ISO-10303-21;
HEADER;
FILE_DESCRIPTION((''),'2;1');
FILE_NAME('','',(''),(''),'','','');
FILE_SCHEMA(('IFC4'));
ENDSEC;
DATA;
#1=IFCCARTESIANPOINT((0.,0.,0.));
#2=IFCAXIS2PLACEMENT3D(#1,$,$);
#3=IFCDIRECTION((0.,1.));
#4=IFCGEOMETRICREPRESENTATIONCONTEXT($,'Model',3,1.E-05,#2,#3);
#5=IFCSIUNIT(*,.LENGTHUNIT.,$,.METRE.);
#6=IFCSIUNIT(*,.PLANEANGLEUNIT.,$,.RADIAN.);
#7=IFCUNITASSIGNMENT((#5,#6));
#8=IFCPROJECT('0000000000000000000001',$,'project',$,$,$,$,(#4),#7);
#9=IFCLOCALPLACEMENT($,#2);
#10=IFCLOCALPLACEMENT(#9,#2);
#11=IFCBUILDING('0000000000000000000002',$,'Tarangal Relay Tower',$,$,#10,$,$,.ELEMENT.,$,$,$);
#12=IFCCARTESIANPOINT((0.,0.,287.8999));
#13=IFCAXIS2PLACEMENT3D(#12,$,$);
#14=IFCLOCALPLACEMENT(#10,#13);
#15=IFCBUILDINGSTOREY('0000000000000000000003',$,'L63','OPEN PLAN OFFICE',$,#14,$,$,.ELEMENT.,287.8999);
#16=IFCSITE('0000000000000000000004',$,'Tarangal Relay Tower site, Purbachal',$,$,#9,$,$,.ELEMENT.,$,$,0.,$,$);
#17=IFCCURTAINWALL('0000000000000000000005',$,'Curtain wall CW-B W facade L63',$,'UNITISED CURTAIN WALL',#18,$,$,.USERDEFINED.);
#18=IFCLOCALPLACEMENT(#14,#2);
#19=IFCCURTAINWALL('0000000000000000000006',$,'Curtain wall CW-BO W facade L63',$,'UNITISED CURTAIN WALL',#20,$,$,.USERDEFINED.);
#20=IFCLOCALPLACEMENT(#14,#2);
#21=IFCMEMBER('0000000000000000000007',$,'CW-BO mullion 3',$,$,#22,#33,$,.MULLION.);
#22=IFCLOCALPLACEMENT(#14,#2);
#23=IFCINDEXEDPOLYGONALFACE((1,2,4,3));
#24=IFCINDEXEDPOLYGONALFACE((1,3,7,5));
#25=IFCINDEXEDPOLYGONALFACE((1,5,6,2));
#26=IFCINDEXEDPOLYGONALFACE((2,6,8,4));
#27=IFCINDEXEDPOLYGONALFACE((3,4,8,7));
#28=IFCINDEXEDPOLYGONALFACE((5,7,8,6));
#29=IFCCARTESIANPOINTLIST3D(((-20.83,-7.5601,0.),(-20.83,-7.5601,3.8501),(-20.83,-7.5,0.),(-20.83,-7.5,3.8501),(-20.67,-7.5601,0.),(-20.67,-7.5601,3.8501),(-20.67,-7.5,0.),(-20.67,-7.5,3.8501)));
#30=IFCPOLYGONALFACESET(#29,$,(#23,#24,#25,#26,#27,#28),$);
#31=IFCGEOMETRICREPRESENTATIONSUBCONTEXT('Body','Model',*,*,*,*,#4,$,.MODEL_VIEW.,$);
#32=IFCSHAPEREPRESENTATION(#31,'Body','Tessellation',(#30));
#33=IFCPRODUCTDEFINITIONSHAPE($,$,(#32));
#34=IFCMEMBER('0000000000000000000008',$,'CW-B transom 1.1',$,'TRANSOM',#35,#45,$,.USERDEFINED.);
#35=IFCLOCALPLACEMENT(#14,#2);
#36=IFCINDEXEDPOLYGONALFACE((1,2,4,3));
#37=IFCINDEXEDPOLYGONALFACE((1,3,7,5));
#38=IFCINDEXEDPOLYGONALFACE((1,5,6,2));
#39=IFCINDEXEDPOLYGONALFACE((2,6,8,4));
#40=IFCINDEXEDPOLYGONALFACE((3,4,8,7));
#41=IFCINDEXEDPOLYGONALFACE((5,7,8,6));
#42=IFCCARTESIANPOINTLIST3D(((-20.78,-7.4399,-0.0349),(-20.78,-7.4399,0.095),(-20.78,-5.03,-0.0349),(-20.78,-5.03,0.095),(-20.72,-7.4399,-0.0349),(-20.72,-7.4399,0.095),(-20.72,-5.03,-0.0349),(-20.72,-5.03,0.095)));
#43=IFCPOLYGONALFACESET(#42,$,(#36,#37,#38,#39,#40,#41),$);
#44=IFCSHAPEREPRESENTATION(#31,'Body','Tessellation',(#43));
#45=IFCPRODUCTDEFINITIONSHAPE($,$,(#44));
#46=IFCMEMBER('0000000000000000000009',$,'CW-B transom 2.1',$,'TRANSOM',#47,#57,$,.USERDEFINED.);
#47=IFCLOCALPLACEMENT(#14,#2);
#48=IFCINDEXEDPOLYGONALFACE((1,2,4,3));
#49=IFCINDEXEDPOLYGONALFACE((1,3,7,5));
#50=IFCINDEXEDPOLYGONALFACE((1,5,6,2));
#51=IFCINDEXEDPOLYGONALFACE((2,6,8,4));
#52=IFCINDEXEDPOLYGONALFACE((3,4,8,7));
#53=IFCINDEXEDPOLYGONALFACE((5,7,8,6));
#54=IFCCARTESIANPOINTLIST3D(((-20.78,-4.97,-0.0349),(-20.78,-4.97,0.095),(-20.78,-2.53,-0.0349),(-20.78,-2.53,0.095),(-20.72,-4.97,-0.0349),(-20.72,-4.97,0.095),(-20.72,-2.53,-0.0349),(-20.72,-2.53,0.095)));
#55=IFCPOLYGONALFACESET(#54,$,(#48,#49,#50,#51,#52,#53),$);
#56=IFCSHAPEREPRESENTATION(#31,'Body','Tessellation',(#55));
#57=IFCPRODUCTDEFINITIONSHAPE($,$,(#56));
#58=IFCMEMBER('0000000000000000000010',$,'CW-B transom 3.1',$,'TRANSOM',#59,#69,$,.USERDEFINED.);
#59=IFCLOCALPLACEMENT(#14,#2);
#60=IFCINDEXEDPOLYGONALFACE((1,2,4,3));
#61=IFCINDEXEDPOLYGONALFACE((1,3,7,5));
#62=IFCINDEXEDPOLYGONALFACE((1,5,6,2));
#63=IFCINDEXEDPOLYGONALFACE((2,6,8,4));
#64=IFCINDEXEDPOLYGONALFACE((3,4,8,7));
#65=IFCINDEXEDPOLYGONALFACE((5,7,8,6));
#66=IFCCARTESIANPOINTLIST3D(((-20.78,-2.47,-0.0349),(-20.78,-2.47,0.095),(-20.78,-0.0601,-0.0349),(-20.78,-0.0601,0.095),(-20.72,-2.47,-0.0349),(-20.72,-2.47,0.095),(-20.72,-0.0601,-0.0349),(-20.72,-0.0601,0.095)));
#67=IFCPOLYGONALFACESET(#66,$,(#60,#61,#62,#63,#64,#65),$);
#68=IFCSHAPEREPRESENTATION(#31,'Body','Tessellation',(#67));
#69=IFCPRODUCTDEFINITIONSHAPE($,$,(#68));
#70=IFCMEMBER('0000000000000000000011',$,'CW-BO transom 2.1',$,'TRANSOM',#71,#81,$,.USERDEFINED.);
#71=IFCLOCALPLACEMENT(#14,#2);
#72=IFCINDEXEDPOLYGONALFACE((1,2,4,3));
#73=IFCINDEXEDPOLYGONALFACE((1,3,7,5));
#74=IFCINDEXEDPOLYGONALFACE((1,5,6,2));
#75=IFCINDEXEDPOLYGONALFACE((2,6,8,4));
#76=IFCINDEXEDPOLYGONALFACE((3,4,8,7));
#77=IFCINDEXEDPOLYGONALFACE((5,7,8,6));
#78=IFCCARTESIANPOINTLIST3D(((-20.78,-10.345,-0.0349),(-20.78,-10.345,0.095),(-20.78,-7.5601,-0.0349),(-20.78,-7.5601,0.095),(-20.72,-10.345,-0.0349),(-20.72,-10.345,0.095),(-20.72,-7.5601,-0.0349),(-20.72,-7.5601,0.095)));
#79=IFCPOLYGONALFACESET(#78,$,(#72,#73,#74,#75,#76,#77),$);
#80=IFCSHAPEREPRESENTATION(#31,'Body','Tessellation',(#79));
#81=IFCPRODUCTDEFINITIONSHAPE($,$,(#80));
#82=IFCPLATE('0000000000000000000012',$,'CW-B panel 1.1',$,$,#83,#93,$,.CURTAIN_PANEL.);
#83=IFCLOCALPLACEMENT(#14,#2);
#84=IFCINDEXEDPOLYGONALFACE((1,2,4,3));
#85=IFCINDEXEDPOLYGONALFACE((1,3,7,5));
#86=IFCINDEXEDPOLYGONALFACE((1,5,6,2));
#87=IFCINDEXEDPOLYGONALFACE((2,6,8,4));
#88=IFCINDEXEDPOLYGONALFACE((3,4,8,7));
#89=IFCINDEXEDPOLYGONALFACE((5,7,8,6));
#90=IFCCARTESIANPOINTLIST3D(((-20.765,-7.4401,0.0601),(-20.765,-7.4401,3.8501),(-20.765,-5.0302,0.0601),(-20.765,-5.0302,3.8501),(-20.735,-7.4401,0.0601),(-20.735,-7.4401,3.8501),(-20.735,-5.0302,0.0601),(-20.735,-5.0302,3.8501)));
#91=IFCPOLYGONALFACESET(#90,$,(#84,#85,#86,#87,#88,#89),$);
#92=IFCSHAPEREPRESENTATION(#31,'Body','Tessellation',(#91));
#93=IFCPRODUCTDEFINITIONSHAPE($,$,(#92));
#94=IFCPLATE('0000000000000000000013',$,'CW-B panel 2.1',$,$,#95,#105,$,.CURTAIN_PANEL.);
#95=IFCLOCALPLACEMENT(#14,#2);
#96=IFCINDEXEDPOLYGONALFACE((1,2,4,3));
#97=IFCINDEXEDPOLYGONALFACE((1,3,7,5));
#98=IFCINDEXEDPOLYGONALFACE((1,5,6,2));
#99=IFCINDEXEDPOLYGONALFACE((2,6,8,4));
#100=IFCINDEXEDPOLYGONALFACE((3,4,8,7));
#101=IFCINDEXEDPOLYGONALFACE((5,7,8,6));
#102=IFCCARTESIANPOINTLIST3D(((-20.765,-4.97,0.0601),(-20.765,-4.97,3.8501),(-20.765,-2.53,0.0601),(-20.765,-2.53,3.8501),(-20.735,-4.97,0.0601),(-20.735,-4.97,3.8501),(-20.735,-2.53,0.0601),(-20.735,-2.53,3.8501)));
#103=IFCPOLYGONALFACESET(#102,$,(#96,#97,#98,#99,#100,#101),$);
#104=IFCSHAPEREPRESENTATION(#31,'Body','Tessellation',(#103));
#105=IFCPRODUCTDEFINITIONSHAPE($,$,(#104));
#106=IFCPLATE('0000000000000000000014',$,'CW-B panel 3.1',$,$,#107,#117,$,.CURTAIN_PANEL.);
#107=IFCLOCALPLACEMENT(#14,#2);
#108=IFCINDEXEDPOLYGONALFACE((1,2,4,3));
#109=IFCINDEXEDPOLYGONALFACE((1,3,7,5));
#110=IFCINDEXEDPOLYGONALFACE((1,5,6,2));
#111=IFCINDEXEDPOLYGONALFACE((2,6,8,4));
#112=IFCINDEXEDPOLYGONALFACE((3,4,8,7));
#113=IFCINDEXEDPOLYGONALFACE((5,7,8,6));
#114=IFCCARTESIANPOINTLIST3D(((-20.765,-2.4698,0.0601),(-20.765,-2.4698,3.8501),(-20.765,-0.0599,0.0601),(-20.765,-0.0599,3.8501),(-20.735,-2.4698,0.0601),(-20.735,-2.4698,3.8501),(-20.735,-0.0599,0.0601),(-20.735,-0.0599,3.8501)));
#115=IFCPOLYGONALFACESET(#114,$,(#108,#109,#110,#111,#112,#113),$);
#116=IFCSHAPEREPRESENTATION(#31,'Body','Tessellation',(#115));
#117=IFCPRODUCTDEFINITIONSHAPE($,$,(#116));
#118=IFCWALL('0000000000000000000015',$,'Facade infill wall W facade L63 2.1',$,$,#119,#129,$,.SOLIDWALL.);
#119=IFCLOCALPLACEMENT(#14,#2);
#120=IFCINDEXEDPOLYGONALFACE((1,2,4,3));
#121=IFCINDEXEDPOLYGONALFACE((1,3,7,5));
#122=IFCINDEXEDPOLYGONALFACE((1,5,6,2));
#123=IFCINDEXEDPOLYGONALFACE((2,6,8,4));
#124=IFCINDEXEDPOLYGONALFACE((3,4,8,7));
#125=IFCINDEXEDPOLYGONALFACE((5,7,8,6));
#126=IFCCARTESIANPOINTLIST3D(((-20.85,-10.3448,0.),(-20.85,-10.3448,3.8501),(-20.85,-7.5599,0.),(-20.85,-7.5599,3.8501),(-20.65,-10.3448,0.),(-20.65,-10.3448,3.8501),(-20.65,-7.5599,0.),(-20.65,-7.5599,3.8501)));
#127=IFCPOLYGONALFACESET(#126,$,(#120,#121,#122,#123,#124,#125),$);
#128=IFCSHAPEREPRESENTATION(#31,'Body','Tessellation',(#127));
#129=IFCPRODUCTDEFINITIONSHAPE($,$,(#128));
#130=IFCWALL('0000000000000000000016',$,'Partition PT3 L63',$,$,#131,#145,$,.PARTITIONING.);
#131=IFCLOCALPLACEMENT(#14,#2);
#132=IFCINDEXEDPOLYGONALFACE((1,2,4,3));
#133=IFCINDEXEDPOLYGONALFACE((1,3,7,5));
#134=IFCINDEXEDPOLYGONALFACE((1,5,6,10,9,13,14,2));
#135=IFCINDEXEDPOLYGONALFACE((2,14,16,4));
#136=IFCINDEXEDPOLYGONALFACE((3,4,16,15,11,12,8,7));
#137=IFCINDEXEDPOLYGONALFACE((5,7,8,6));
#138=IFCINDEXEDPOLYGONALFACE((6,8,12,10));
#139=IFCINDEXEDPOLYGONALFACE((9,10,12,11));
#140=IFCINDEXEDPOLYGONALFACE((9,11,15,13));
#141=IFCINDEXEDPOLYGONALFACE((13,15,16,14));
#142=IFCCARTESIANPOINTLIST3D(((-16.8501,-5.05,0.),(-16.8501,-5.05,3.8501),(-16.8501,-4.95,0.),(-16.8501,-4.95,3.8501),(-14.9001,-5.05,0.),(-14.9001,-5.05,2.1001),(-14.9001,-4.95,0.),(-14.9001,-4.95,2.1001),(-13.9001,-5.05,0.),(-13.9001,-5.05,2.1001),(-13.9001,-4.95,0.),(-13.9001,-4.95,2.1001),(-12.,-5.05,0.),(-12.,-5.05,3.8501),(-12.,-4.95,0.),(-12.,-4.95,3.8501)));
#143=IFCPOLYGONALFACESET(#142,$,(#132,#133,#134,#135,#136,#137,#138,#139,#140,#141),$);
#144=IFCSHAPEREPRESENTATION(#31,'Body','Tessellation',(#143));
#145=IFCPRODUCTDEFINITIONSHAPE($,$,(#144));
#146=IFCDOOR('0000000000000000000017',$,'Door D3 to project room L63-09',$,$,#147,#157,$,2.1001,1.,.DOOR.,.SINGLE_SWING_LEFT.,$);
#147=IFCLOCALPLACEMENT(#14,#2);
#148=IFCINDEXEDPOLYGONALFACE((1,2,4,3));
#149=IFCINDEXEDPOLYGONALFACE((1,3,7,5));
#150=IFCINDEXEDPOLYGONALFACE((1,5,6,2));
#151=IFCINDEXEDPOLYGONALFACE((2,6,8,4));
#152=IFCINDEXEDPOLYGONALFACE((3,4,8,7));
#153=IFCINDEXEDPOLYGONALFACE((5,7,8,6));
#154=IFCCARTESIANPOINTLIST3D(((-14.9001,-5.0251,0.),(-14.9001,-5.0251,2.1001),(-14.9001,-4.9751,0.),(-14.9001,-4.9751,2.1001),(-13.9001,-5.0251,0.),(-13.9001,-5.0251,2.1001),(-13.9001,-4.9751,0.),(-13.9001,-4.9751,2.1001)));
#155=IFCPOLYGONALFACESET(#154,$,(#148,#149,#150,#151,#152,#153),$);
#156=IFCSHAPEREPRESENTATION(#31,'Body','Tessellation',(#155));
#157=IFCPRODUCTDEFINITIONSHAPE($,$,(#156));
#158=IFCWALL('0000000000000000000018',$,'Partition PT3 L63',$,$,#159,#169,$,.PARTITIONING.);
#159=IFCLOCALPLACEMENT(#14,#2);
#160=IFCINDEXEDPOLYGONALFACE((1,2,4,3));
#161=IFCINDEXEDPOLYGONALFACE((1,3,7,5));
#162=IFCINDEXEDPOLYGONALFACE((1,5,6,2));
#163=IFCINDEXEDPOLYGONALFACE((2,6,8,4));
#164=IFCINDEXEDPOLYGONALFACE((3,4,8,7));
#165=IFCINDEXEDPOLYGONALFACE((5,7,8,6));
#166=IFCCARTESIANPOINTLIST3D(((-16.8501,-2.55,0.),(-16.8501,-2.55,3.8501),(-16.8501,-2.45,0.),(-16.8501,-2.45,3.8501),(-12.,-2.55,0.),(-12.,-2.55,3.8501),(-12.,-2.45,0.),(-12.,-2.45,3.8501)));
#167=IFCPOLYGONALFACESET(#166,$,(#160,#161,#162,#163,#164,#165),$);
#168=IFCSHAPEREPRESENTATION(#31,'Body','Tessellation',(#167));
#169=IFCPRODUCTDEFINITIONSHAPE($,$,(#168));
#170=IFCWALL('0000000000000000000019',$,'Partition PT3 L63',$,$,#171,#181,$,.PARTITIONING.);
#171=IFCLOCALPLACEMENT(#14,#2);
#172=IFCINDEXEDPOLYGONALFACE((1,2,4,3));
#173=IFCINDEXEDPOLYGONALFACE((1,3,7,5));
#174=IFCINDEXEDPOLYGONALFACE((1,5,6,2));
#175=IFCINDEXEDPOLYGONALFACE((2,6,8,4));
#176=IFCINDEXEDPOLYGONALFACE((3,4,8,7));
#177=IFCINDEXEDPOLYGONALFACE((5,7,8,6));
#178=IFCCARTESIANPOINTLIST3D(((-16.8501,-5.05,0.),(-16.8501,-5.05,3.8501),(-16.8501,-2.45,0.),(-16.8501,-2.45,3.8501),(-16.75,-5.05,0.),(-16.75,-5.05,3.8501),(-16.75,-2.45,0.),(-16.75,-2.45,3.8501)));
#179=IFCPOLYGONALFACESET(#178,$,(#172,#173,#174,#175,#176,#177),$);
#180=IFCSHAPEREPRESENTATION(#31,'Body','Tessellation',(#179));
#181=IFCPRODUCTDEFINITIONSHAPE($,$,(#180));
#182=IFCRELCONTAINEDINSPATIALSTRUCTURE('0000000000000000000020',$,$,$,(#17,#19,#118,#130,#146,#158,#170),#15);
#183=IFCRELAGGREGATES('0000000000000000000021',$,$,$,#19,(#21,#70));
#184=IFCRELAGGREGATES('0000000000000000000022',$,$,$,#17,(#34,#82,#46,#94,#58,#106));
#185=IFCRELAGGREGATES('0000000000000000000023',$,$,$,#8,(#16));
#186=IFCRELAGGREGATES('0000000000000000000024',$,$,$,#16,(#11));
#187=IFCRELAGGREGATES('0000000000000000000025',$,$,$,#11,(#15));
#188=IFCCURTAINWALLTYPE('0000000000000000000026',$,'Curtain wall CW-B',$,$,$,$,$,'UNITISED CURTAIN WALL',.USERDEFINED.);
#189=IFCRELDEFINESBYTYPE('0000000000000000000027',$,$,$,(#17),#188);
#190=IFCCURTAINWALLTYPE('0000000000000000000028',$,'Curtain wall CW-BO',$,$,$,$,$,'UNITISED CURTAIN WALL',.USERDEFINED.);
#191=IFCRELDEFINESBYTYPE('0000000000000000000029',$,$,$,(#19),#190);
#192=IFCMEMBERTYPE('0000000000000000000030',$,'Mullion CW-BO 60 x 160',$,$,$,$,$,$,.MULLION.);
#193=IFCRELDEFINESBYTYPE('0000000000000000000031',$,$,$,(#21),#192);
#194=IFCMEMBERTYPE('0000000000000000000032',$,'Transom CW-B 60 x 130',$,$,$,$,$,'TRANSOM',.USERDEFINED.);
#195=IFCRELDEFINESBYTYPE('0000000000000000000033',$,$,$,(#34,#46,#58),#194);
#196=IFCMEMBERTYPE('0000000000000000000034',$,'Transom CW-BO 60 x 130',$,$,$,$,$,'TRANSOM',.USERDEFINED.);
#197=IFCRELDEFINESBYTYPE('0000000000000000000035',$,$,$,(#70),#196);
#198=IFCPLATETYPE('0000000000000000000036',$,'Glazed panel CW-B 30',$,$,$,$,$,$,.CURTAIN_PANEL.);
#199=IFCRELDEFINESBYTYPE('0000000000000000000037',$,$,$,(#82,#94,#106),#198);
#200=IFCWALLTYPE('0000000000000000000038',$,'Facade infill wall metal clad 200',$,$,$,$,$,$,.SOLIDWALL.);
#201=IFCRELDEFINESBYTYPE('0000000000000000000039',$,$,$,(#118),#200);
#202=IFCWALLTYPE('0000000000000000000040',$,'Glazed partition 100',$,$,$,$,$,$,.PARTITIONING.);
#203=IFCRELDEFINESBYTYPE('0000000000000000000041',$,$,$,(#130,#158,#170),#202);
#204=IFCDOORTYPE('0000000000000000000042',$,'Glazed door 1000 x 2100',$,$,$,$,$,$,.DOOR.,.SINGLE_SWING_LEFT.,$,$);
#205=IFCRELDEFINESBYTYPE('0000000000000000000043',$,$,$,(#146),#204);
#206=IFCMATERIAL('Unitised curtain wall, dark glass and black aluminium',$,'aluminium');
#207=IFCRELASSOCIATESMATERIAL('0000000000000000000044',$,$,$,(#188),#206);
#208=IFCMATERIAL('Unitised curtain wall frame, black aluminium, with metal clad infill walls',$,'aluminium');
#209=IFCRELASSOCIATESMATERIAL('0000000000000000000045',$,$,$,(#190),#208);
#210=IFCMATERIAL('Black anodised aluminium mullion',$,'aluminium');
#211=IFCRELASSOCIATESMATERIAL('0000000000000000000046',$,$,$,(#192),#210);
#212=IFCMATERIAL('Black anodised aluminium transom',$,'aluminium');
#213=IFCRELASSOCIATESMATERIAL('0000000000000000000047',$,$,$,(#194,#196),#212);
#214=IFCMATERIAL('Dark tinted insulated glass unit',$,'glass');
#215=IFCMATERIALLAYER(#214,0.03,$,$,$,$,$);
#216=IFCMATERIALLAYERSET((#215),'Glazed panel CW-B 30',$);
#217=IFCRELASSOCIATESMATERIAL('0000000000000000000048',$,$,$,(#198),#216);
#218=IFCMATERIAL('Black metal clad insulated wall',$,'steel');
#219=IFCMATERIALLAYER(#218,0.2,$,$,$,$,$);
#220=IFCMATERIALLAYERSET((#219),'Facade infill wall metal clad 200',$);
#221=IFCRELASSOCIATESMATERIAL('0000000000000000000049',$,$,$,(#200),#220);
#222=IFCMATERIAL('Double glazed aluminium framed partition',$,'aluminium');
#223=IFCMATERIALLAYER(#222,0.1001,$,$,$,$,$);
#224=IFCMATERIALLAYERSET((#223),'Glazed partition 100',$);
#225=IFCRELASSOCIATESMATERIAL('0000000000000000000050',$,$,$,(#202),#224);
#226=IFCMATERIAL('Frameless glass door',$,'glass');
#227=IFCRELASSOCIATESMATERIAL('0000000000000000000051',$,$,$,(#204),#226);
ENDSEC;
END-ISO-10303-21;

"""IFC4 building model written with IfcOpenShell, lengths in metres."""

from ifc_helpers import new_model, si_unit, direction, frame, frame_2d, origin, origin_2d, place, context, subcontext, project, spatial, rectangle, extrude, material, layer, layer_set, material_profile, profile_set, type_object, element, fill, aggregate, save


model = new_model("IFC4")

# Units and contexts
model_context = context("Model", 3, precision=1e-05, world=origin(), true_north=direction((0.0, 1.0)))
body_context = subcontext(model_context, "Body", "Model", "MODEL_VIEW")
ifc_project = project(units=[si_unit("LENGTHUNIT", "METRE"), si_unit("PLANEANGLEUNIT", "RADIAN")], contexts=[model_context])

# Site, building, storey
site_placement = place(None, origin())
site = spatial("IfcSite", under=ifc_project, at=site_placement, Name="Tarangal Relay Tower site, Purbachal", CompositionType="ELEMENT", RefElevation=0.0)
building_placement = place(site_placement, origin())
building = spatial("IfcBuilding", under=site, at=building_placement, Name="Tarangal Relay Tower", CompositionType="ELEMENT")
storey_placement = place(building_placement, frame((0.0, 0.0, 287.8999)))
storey = spatial("IfcBuildingStorey", under=building, at=storey_placement, Name="L63", Description="OPEN PLAN OFFICE", CompositionType="ELEMENT", Elevation=287.8999)

# Curtain wall
ifc_material_1 = material(Name="Unitised curtain wall, dark glass and black aluminium", Category="aluminium")
curtain_wall_type_1 = type_object("IfcCurtainWallType", Name="Curtain wall CW-B", ElementType="UNITISED CURTAIN WALL", PredefinedType="USERDEFINED", material=ifc_material_1)
curtain_wall_1_placement = place(storey_placement, origin())
curtain_wall_1 = element("IfcCurtainWall", 1, at=curtain_wall_1_placement, inside=storey, type_object=curtain_wall_type_1, Name="Curtain wall CW-B W facade L63", ObjectType="UNITISED CURTAIN WALL", PredefinedType="USERDEFINED")
ifc_material_2 = material(Name="Black anodised aluminium mullion", Category="aluminium")

# Curtain wall, member
ifc_material_3 = material(Name="Unitised curtain wall frame, black aluminium, with metal clad infill walls", Category="aluminium")
curtain_wall_type_2 = type_object("IfcCurtainWallType", Name="Curtain wall CW-BO", ElementType="UNITISED CURTAIN WALL", PredefinedType="USERDEFINED", material=ifc_material_3)
curtain_wall_2_placement = place(storey_placement, origin())
curtain_wall_2 = element("IfcCurtainWall", 2, at=curtain_wall_2_placement, inside=storey, type_object=curtain_wall_type_2, Name="Curtain wall CW-BO W facade L63", ObjectType="UNITISED CURTAIN WALL", PredefinedType="USERDEFINED")
ifc_material_profile_1 = material_profile(ifc_material_2, rectangle(XDim=0.1599, YDim=0.0601, at=origin_2d()), Name="CW-BOM 60X160")
ifc_profile_set_1 = profile_set([ifc_material_profile_1], Name="Black anodised aluminium mullion")
member_type_1 = type_object("IfcMemberType", Name="Mullion CW-BO 60 x 160", PredefinedType="MULLION", material=ifc_profile_set_1)
member_1_placement = place(storey_placement, frame((-20.75, -7.53, 0.0), z_axis=(0.0, 0.0, 1.0), x_axis=(-1.0, 0.0, 0.0)))
member_1 = element("IfcMember", 3, at=member_1_placement, type_object=member_type_1, Name="CW-BO mullion 3", PredefinedType="MULLION", context=body_context, shape_type="SweptSolid", body=[
    extrude(rectangle(XDim=0.1599, YDim=0.0601, at=origin_2d()), origin(), (0.0, 0.0, 1.0), 3.8501),
])

# Members
ifc_material_4 = material(Name="Black anodised aluminium transom", Category="aluminium")
ifc_material_profile_2 = material_profile(ifc_material_4, rectangle(XDim=0.0601, YDim=0.1299, at=origin_2d()), Name="CW-BT 60X130")
ifc_profile_set_2 = profile_set([ifc_material_profile_2], Name="Black anodised aluminium transom")
member_type_2 = type_object("IfcMemberType", Name="Transom CW-B 60 x 130", ElementType="TRANSOM", PredefinedType="USERDEFINED", material=ifc_profile_set_2)
member_2_placement = place(storey_placement, frame((-20.75, -7.4399, 0.03), z_axis=(0.0, 1.0, 0.0), x_axis=(-1.0, 0.0, 0.0)))
member_2 = element("IfcMember", 4, at=member_2_placement, type_object=member_type_2, Name="CW-B transom 1.1", ObjectType="TRANSOM", PredefinedType="USERDEFINED", context=body_context, shape_type="SweptSolid", body=[
    extrude(rectangle(XDim=0.0601, YDim=0.1299, at=origin_2d()), origin(), (0.0, 0.0, 1.0), 2.4099),
])
member_3_placement = place(storey_placement, frame((-20.75, -4.97, 0.03), z_axis=(0.0, 1.0, 0.0), x_axis=(-1.0, 0.0, 0.0)))
member_3 = element("IfcMember", 5, at=member_3_placement, type_object=member_type_2, Name="CW-B transom 2.1", ObjectType="TRANSOM", PredefinedType="USERDEFINED", context=body_context, shape_type="SweptSolid", body=[
    extrude(rectangle(XDim=0.0601, YDim=0.1299, at=origin_2d()), origin(), (0.0, 0.0, 1.0), 2.4399),
])
member_4_placement = place(storey_placement, frame((-20.75, -2.47, 0.03), z_axis=(0.0, 1.0, 0.0), x_axis=(-1.0, 0.0, 0.0)))
member_4 = element("IfcMember", 6, at=member_4_placement, type_object=member_type_2, Name="CW-B transom 3.1", ObjectType="TRANSOM", PredefinedType="USERDEFINED", context=body_context, shape_type="SweptSolid", body=[
    extrude(rectangle(XDim=0.0601, YDim=0.1299, at=origin_2d()), origin(), (0.0, 0.0, 1.0), 2.4099),
])
ifc_material_profile_3 = material_profile(ifc_material_4, rectangle(XDim=0.0601, YDim=0.1299, at=origin_2d()), Name="CW-BOT 60X130")
ifc_profile_set_3 = profile_set([ifc_material_profile_3], Name="Black anodised aluminium transom")
member_type_3 = type_object("IfcMemberType", Name="Transom CW-BO 60 x 130", ElementType="TRANSOM", PredefinedType="USERDEFINED", material=ifc_profile_set_3)
member_5_placement = place(storey_placement, frame((-20.75, -10.345, 0.03), z_axis=(0.0, 1.0, 0.0), x_axis=(-1.0, 0.0, 0.0)))
member_5 = element("IfcMember", 7, at=member_5_placement, type_object=member_type_3, Name="CW-BO transom 2.1", ObjectType="TRANSOM", PredefinedType="USERDEFINED", context=body_context, shape_type="SweptSolid", body=[
    extrude(rectangle(XDim=0.0601, YDim=0.1299, at=origin_2d()), origin(), (0.0, 0.0, 1.0), 2.7849),
])
aggregate(curtain_wall_2, [member_1, member_5])

# Plates
ifc_material_5 = material(Name="Dark tinted insulated glass unit", Category="glass")
ifc_layer_1 = layer(ifc_material_5, 0.03)
ifc_layer_set_1 = layer_set([ifc_layer_1], Name="Glazed panel CW-B 30")
plate_type = type_object("IfcPlateType", Name="Glazed panel CW-B 30", PredefinedType="CURTAIN_PANEL", material=ifc_layer_set_1)
plate_1_placement = place(storey_placement, frame((-20.75, -6.2351, 0.0601), z_axis=(0.0, 0.0, 1.0), x_axis=(0.0, 1.0, 0.0)))
plate_1 = element("IfcPlate", 8, at=plate_1_placement, type_object=plate_type, Name="CW-B panel 1.1", PredefinedType="CURTAIN_PANEL", context=body_context, shape_type="SweptSolid", body=[
    extrude(rectangle(XDim=2.4099, YDim=0.03, at=origin_2d()), origin(), (0.0, 0.0, 1.0), 3.79),
])
plate_2_placement = place(storey_placement, frame((-20.75, -3.75, 0.0601), z_axis=(0.0, 0.0, 1.0), x_axis=(0.0, 1.0, 0.0)))
plate_2 = element("IfcPlate", 9, at=plate_2_placement, type_object=plate_type, Name="CW-B panel 2.1", PredefinedType="CURTAIN_PANEL", context=body_context, shape_type="SweptSolid", body=[
    extrude(rectangle(XDim=2.4399, YDim=0.03, at=origin_2d()), origin(), (0.0, 0.0, 1.0), 3.79),
])
plate_3_placement = place(storey_placement, frame((-20.75, -1.2649, 0.0601), z_axis=(0.0, 0.0, 1.0), x_axis=(0.0, 1.0, 0.0)))
plate_3 = element("IfcPlate", 10, at=plate_3_placement, type_object=plate_type, Name="CW-B panel 3.1", PredefinedType="CURTAIN_PANEL", context=body_context, shape_type="SweptSolid", body=[
    extrude(rectangle(XDim=2.4099, YDim=0.03, at=origin_2d()), origin(), (0.0, 0.0, 1.0), 3.79),
])
aggregate(curtain_wall_1, [member_2, plate_1, member_3, plate_2, member_4, plate_3])

# Wall
ifc_material_6 = material(Name="Black metal clad insulated wall", Category="steel")
ifc_layer_2 = layer(ifc_material_6, 0.2)
ifc_layer_set_2 = layer_set([ifc_layer_2], Name="Facade infill wall metal clad 200")
wall_type_1 = type_object("IfcWallType", Name="Facade infill wall metal clad 200", PredefinedType="SOLIDWALL", material=ifc_layer_set_2)
wall_1_placement = place(storey_placement, frame((-20.75, -10.345, 0.0), z_axis=(0.0, 0.0, 1.0), x_axis=(0.0, 1.0, 0.0)))
element("IfcWall", 11, at=wall_1_placement, inside=storey, type_object=wall_type_1, Name="Facade infill wall W facade L63 2.1", PredefinedType="SOLIDWALL", context=body_context, shape_type="SweptSolid", body=[
    extrude(rectangle(XDim=2.7849, YDim=0.2, at=frame_2d((1.3926, 0.0))), origin(), (0.0, 0.0, 1.0), 3.8501),
])

# Wall, opening, door
ifc_material_7 = material(Name="Double glazed aluminium framed partition", Category="aluminium")
ifc_layer_3 = layer(ifc_material_7, 0.1001)
ifc_layer_set_3 = layer_set([ifc_layer_3], Name="Glazed partition 100")
wall_type_2 = type_object("IfcWallType", Name="Glazed partition 100", PredefinedType="PARTITIONING", material=ifc_layer_set_3)
wall_2_placement = place(storey_placement, frame((-16.8501, -5.0, 0.0), z_axis=(0.0, 0.0, 1.0), x_axis=(1.0, 0.0, 0.0)))
wall_2 = element("IfcWall", 12, at=wall_2_placement, inside=storey, type_object=wall_type_2, Name="Partition PT3 L63", PredefinedType="PARTITIONING", context=body_context, shape_type="SweptSolid", body=[
    extrude(rectangle(XDim=4.8501, YDim=0.1001, at=frame_2d((2.425, 0.0))), origin(), (0.0, 0.0, 1.0), 3.8501),
])
opening_placement = place(wall_2_placement, frame((1.95, 0.0, 0.0)))
opening = element("IfcOpeningElement", 13, at=opening_placement, cuts=wall_2, PredefinedType="OPENING", context=body_context, shape_type="SweptSolid", body=[
    extrude(rectangle(XDim=1.0, YDim=2.1001, at=frame_2d((0.5, 1.05))), frame((0.0, 0.0601, 0.0), z_axis=(0.0, -1.0, 0.0), x_axis=(1.0, 0.0, 0.0)), (0.0, 0.0, 1.0), 0.1201),
])
ifc_material_8 = material(Name="Frameless glass door", Category="glass")
door_type = type_object("IfcDoorType", Name="Glazed door 1000 x 2100", OperationType="SINGLE_SWING_LEFT", PredefinedType="DOOR", material=ifc_material_8)
door_placement = place(opening_placement, origin())
door = element("IfcDoor", 14, at=door_placement, inside=storey, type_object=door_type, Name="Door D3 to project room L63-09", OperationType="SINGLE_SWING_LEFT", OverallHeight=2.1001, OverallWidth=1.0, PredefinedType="DOOR", context=body_context, shape_type="SweptSolid", body=[
    extrude(rectangle(XDim=1.0, YDim=2.1001, at=frame_2d((0.5, 1.05))), frame((0.0, 0.0249, 0.0), z_axis=(0.0, -1.0, 0.0), x_axis=(1.0, 0.0, 0.0)), (0.0, 0.0, 1.0), 0.05),
])
fill(opening, door)

# Walls
wall_3_placement = place(storey_placement, frame((-16.8501, -2.5, 0.0), z_axis=(0.0, 0.0, 1.0), x_axis=(1.0, 0.0, 0.0)))
element("IfcWall", 15, at=wall_3_placement, inside=storey, type_object=wall_type_2, Name="Partition PT3 L63", PredefinedType="PARTITIONING", context=body_context, shape_type="SweptSolid", body=[
    extrude(rectangle(XDim=4.8501, YDim=0.1001, at=frame_2d((2.425, 0.0))), origin(), (0.0, 0.0, 1.0), 3.8501),
])
wall_4_placement = place(storey_placement, frame((-16.8, -5.05, 0.0), z_axis=(0.0, 0.0, 1.0), x_axis=(0.0, 1.0, 0.0)))
element("IfcWall", 16, at=wall_4_placement, inside=storey, type_object=wall_type_2, Name="Partition PT3 L63", PredefinedType="PARTITIONING", context=body_context, shape_type="SweptSolid", body=[
    extrude(rectangle(XDim=2.6001, YDim=0.1001, at=frame_2d((1.3, 0.0))), origin(), (0.0, 0.0, 1.0), 3.8501),
])

save(model, "model.ifc")
